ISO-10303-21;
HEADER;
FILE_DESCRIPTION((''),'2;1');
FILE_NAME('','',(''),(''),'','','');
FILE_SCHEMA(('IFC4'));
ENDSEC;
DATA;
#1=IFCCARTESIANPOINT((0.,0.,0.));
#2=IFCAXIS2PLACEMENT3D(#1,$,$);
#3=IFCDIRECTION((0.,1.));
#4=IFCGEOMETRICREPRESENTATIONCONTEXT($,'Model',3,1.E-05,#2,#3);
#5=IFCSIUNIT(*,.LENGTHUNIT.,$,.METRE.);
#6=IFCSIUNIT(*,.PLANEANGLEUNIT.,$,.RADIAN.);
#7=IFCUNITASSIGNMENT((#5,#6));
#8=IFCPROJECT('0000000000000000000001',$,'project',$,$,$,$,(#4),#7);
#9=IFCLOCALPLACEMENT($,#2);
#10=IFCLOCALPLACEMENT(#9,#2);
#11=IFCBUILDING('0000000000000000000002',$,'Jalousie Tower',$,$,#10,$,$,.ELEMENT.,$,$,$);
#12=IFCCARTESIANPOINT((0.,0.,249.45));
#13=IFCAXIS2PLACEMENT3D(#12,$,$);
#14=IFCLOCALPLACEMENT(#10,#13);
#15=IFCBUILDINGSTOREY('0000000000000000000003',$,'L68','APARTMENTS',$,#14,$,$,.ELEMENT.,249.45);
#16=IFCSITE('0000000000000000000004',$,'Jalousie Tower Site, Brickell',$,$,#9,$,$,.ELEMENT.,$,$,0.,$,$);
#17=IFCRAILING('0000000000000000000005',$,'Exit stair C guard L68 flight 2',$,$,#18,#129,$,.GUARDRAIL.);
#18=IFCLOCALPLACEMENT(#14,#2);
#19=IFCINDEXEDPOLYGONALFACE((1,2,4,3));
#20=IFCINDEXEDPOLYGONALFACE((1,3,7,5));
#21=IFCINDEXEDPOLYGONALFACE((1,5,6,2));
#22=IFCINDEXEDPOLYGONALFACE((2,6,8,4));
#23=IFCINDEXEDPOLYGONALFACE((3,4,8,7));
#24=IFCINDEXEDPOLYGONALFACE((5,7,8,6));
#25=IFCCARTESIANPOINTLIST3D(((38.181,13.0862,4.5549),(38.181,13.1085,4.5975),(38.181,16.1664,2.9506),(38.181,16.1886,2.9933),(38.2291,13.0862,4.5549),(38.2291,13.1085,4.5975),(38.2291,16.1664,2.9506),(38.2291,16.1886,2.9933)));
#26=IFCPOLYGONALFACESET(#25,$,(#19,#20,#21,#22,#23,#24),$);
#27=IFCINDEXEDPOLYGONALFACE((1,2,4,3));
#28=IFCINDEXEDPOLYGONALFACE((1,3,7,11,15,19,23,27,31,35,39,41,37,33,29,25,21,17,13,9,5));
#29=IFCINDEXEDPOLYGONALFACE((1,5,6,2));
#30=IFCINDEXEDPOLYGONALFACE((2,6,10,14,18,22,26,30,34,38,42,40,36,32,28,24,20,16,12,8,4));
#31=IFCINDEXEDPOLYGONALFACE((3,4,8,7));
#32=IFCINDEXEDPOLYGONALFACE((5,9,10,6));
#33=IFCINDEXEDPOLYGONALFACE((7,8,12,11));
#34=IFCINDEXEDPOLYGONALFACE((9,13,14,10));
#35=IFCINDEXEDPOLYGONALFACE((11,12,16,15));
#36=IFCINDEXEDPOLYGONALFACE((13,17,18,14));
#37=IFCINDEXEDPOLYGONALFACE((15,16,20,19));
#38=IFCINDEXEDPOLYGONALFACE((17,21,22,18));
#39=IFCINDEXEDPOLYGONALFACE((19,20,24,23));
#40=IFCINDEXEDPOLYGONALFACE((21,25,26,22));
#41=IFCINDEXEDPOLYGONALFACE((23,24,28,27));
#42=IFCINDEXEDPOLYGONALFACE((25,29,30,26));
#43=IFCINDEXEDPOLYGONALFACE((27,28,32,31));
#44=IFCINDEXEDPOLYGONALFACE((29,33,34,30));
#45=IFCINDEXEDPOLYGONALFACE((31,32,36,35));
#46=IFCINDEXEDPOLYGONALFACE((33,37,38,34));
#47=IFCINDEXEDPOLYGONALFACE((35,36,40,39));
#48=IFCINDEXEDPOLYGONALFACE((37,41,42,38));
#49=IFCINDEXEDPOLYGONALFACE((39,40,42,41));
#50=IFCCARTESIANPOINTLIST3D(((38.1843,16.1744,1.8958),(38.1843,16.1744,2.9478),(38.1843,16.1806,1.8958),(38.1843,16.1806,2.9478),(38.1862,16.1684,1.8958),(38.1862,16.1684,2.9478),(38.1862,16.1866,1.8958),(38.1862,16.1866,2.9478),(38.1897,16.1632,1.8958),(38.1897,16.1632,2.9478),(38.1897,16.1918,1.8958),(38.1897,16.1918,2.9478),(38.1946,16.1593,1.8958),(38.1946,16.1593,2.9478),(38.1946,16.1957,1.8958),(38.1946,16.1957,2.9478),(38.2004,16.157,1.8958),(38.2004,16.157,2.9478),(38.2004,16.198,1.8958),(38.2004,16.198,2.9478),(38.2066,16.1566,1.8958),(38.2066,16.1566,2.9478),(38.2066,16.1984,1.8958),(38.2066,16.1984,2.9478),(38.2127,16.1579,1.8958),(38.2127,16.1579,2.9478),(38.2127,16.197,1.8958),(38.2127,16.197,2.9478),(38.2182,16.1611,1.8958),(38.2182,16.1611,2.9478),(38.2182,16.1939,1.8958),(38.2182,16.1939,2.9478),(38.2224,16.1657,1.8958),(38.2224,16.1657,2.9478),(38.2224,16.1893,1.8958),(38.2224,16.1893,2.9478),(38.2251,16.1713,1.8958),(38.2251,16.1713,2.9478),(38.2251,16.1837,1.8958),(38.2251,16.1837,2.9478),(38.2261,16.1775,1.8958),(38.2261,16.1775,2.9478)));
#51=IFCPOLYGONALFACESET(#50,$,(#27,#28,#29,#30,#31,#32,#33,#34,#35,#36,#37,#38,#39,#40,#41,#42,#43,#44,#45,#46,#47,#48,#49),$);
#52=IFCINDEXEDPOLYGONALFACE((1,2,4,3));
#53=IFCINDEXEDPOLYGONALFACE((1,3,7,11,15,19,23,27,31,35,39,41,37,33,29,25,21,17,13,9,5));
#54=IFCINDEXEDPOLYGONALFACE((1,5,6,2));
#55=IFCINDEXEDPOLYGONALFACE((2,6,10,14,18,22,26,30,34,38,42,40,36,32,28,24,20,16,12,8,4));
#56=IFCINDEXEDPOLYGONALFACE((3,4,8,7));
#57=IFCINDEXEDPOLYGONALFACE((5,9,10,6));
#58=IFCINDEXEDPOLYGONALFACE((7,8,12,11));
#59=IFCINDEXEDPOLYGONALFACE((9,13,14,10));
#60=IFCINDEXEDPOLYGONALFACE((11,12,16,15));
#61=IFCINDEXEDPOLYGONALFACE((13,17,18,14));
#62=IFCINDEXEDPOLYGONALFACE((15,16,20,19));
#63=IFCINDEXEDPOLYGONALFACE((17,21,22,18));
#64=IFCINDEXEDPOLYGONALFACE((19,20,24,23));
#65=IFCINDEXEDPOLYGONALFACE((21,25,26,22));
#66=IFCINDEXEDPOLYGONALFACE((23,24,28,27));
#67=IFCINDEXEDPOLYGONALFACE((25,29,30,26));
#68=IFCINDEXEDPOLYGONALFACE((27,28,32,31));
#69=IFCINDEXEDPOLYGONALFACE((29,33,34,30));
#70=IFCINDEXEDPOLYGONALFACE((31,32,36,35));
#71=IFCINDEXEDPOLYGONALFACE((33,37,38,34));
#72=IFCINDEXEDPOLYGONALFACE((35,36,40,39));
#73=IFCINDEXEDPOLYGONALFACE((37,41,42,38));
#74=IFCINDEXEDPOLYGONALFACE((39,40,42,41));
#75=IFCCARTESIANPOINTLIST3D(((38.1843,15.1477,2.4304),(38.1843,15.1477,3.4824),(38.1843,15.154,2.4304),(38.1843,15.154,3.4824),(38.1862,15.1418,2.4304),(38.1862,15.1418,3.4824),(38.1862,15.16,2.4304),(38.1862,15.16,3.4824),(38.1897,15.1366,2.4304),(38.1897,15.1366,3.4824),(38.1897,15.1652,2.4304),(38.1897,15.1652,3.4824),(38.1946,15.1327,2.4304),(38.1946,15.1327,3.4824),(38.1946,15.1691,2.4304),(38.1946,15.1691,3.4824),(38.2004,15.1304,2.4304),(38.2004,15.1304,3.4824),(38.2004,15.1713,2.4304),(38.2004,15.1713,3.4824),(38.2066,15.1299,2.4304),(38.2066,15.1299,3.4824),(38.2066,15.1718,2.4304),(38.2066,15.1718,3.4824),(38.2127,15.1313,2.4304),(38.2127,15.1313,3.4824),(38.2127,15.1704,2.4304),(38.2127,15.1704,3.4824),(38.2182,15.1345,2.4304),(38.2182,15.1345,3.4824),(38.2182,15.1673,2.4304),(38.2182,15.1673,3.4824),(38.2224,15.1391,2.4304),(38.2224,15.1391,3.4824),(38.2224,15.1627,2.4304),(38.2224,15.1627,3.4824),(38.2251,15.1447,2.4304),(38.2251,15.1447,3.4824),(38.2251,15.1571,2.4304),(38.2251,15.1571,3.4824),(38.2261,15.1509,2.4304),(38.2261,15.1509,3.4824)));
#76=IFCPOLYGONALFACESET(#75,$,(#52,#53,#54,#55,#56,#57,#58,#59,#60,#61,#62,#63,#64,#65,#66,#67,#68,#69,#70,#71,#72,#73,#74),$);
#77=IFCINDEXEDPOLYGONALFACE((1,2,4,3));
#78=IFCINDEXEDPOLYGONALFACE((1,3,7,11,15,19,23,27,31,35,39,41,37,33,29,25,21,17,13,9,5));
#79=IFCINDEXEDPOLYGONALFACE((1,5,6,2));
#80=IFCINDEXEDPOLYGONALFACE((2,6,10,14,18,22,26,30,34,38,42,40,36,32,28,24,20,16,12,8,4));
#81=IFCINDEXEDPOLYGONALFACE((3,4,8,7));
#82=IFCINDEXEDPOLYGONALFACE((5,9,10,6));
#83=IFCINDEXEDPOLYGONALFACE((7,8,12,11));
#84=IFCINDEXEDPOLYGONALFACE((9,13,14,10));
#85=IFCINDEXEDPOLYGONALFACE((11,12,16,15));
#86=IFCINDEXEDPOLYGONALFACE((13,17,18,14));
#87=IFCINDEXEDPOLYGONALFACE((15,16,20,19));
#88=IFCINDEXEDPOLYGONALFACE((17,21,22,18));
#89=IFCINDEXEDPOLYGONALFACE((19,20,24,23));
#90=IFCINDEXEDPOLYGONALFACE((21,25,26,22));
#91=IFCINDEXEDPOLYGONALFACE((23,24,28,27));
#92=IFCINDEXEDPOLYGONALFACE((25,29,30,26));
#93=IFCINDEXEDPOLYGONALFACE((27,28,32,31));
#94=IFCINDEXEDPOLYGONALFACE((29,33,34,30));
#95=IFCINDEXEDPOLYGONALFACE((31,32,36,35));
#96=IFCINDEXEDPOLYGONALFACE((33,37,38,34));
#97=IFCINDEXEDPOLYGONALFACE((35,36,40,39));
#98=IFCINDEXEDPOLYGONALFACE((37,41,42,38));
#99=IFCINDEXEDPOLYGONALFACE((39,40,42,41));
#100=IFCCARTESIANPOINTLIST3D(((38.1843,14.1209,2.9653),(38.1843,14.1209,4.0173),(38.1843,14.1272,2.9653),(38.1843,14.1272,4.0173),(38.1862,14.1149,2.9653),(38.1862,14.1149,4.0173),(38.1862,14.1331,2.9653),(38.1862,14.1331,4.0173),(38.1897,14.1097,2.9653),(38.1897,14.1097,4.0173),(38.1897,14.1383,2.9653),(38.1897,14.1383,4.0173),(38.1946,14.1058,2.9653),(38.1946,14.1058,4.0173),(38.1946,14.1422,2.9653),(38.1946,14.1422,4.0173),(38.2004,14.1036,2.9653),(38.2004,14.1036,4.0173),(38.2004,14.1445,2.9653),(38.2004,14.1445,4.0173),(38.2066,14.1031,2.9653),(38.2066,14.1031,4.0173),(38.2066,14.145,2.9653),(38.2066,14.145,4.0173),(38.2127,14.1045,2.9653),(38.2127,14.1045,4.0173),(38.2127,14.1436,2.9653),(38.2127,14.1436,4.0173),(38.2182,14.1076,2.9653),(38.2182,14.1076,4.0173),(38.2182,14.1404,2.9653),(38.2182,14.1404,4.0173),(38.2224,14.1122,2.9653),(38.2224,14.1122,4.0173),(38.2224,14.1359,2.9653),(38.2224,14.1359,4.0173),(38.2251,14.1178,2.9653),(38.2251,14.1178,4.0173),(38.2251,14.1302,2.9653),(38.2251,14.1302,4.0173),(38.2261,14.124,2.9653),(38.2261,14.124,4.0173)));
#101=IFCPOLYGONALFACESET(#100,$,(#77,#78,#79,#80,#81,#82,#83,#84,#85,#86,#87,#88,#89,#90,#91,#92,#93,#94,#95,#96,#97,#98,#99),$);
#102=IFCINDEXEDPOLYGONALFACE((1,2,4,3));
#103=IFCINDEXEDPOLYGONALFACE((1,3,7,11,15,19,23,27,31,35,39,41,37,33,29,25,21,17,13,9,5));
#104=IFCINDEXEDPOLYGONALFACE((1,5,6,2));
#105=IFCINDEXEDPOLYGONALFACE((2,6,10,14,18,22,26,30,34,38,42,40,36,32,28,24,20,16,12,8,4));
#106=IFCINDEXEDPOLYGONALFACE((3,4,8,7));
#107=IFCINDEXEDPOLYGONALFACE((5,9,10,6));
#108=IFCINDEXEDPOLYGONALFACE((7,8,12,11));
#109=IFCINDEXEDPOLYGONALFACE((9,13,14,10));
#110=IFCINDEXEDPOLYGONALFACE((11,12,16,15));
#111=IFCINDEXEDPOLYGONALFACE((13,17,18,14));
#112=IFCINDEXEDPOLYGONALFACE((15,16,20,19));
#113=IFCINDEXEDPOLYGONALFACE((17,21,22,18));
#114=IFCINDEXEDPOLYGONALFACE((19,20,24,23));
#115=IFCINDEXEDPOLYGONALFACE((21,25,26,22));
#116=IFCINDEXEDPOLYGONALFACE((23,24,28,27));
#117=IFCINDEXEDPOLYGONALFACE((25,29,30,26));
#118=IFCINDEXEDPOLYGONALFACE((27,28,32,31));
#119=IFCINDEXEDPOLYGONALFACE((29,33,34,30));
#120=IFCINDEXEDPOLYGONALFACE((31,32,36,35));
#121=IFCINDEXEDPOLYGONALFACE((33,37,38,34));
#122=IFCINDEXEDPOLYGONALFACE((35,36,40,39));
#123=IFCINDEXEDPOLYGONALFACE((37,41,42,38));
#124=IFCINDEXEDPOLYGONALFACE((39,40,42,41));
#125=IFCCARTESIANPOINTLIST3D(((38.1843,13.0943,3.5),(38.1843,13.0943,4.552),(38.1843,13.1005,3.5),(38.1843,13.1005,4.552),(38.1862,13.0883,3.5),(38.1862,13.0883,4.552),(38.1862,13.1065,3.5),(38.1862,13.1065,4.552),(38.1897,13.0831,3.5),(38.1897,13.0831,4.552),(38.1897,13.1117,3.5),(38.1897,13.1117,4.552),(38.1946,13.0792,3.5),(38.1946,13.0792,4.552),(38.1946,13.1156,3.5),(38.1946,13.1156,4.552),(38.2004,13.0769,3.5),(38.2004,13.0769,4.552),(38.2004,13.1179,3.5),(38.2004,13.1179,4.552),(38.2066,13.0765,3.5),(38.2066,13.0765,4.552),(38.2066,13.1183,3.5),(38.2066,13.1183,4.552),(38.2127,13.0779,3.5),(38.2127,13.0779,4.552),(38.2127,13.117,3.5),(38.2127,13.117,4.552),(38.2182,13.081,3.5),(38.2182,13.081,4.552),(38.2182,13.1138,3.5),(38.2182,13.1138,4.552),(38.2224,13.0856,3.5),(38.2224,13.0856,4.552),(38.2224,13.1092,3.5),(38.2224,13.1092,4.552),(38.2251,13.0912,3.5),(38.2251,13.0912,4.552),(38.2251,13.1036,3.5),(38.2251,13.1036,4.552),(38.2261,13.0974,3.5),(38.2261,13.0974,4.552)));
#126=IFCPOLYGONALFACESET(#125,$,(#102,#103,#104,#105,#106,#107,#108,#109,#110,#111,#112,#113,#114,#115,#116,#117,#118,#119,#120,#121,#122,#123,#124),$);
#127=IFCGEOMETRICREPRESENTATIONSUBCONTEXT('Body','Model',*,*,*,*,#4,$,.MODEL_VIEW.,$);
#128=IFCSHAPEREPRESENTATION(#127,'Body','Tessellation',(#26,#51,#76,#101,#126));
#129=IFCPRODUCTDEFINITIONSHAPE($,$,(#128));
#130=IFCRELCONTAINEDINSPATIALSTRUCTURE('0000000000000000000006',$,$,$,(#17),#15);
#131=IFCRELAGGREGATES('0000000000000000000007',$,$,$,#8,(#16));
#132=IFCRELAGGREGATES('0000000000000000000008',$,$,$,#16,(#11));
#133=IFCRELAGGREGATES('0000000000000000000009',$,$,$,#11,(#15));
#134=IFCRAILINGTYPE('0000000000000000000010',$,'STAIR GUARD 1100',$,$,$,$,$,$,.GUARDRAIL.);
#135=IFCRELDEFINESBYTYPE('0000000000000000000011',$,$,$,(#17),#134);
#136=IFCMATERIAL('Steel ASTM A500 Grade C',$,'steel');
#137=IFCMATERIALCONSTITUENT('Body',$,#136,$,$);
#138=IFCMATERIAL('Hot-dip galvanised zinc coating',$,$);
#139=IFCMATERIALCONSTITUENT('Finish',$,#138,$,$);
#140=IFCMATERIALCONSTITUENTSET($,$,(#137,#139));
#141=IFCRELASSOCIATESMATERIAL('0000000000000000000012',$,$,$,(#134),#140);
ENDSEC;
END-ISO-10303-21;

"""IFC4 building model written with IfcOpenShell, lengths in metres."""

from ifc_helpers import new_model, si_unit, direction, frame, origin, origin_2d, place, context, subcontext, project, spatial, rectangle, circle, extrude, material, constituent, constituent_set, type_object, element, save


model = new_model("IFC4")

# Units and contexts
model_context = context("Model", 3, precision=1e-05, world=origin(), true_north=direction((0.0, 1.0)))
body_context = subcontext(model_context, "Body", "Model", "MODEL_VIEW")
ifc_project = project(units=[si_unit("LENGTHUNIT", "METRE"), si_unit("PLANEANGLEUNIT", "RADIAN")], contexts=[model_context])

# Site, building, storey
site_placement = place(None, origin())
site = spatial("IfcSite", under=ifc_project, at=site_placement, Name="Jalousie Tower Site, Brickell", CompositionType="ELEMENT", RefElevation=0.0)
building_placement = place(site_placement, origin())
building = spatial("IfcBuilding", under=site, at=building_placement, Name="Jalousie Tower", CompositionType="ELEMENT")
storey_placement = place(building_placement, frame((0.0, 0.0, 249.45)))
storey = spatial("IfcBuildingStorey", under=building, at=storey_placement, Name="L68", Description="APARTMENTS", CompositionType="ELEMENT", Elevation=249.45)

# Railing
ifc_material_1 = material(Name="Steel ASTM A500 Grade C", Category="steel")
ifc_constituent_1 = constituent(ifc_material_1, Name="Body")
ifc_material_2 = material(Name="Hot-dip galvanised zinc coating")
ifc_constituent_2 = constituent(ifc_material_2, Name="Finish")
ifc_constituent_set_1 = constituent_set(constituents=[ifc_constituent_1, ifc_constituent_2])
railing_type_1 = type_object("IfcRailingType", Name="STAIR GUARD 1100", PredefinedType="GUARDRAIL", material=ifc_constituent_set_1)
railing_1_placement = place(storey_placement, frame((38.2051, 16.1775, 1.8958)))
element("IfcRailing", 1, at=railing_1_placement, inside=storey, type_object=railing_type_1, Name="Exit stair C guard L68 flight 2", PredefinedType="GUARDRAIL", context=body_context, shape_type="SweptSolid", body=[
    extrude(rectangle(XDim=0.0481, YDim=0.0481, at=origin_2d()), frame((0.0, 0.0, 1.0762), z_axis=(0.0, -0.886909, 0.461944), x_axis=(1.0, 0.0, 0.0)), (0.0, 0.0, 1.0), 3.4729),
    extrude(circle(Radius=0.021, at=origin_2d()), origin(), (0.0, 0.0, 1.0), 1.052),
    extrude(circle(Radius=0.021, at=origin_2d()), frame((0.0, -1.0266, 0.5347)), (0.0, 0.0, 1.0), 1.052),
    extrude(circle(Radius=0.021, at=origin_2d()), frame((0.0, -2.0535, 1.0696)), (0.0, 0.0, 1.0), 1.052),
    extrude(circle(Radius=0.021, at=origin_2d()), frame((0.0, -3.0801, 1.6042)), (0.0, 0.0, 1.0), 1.052),
])

save(model, "model.ifc")
